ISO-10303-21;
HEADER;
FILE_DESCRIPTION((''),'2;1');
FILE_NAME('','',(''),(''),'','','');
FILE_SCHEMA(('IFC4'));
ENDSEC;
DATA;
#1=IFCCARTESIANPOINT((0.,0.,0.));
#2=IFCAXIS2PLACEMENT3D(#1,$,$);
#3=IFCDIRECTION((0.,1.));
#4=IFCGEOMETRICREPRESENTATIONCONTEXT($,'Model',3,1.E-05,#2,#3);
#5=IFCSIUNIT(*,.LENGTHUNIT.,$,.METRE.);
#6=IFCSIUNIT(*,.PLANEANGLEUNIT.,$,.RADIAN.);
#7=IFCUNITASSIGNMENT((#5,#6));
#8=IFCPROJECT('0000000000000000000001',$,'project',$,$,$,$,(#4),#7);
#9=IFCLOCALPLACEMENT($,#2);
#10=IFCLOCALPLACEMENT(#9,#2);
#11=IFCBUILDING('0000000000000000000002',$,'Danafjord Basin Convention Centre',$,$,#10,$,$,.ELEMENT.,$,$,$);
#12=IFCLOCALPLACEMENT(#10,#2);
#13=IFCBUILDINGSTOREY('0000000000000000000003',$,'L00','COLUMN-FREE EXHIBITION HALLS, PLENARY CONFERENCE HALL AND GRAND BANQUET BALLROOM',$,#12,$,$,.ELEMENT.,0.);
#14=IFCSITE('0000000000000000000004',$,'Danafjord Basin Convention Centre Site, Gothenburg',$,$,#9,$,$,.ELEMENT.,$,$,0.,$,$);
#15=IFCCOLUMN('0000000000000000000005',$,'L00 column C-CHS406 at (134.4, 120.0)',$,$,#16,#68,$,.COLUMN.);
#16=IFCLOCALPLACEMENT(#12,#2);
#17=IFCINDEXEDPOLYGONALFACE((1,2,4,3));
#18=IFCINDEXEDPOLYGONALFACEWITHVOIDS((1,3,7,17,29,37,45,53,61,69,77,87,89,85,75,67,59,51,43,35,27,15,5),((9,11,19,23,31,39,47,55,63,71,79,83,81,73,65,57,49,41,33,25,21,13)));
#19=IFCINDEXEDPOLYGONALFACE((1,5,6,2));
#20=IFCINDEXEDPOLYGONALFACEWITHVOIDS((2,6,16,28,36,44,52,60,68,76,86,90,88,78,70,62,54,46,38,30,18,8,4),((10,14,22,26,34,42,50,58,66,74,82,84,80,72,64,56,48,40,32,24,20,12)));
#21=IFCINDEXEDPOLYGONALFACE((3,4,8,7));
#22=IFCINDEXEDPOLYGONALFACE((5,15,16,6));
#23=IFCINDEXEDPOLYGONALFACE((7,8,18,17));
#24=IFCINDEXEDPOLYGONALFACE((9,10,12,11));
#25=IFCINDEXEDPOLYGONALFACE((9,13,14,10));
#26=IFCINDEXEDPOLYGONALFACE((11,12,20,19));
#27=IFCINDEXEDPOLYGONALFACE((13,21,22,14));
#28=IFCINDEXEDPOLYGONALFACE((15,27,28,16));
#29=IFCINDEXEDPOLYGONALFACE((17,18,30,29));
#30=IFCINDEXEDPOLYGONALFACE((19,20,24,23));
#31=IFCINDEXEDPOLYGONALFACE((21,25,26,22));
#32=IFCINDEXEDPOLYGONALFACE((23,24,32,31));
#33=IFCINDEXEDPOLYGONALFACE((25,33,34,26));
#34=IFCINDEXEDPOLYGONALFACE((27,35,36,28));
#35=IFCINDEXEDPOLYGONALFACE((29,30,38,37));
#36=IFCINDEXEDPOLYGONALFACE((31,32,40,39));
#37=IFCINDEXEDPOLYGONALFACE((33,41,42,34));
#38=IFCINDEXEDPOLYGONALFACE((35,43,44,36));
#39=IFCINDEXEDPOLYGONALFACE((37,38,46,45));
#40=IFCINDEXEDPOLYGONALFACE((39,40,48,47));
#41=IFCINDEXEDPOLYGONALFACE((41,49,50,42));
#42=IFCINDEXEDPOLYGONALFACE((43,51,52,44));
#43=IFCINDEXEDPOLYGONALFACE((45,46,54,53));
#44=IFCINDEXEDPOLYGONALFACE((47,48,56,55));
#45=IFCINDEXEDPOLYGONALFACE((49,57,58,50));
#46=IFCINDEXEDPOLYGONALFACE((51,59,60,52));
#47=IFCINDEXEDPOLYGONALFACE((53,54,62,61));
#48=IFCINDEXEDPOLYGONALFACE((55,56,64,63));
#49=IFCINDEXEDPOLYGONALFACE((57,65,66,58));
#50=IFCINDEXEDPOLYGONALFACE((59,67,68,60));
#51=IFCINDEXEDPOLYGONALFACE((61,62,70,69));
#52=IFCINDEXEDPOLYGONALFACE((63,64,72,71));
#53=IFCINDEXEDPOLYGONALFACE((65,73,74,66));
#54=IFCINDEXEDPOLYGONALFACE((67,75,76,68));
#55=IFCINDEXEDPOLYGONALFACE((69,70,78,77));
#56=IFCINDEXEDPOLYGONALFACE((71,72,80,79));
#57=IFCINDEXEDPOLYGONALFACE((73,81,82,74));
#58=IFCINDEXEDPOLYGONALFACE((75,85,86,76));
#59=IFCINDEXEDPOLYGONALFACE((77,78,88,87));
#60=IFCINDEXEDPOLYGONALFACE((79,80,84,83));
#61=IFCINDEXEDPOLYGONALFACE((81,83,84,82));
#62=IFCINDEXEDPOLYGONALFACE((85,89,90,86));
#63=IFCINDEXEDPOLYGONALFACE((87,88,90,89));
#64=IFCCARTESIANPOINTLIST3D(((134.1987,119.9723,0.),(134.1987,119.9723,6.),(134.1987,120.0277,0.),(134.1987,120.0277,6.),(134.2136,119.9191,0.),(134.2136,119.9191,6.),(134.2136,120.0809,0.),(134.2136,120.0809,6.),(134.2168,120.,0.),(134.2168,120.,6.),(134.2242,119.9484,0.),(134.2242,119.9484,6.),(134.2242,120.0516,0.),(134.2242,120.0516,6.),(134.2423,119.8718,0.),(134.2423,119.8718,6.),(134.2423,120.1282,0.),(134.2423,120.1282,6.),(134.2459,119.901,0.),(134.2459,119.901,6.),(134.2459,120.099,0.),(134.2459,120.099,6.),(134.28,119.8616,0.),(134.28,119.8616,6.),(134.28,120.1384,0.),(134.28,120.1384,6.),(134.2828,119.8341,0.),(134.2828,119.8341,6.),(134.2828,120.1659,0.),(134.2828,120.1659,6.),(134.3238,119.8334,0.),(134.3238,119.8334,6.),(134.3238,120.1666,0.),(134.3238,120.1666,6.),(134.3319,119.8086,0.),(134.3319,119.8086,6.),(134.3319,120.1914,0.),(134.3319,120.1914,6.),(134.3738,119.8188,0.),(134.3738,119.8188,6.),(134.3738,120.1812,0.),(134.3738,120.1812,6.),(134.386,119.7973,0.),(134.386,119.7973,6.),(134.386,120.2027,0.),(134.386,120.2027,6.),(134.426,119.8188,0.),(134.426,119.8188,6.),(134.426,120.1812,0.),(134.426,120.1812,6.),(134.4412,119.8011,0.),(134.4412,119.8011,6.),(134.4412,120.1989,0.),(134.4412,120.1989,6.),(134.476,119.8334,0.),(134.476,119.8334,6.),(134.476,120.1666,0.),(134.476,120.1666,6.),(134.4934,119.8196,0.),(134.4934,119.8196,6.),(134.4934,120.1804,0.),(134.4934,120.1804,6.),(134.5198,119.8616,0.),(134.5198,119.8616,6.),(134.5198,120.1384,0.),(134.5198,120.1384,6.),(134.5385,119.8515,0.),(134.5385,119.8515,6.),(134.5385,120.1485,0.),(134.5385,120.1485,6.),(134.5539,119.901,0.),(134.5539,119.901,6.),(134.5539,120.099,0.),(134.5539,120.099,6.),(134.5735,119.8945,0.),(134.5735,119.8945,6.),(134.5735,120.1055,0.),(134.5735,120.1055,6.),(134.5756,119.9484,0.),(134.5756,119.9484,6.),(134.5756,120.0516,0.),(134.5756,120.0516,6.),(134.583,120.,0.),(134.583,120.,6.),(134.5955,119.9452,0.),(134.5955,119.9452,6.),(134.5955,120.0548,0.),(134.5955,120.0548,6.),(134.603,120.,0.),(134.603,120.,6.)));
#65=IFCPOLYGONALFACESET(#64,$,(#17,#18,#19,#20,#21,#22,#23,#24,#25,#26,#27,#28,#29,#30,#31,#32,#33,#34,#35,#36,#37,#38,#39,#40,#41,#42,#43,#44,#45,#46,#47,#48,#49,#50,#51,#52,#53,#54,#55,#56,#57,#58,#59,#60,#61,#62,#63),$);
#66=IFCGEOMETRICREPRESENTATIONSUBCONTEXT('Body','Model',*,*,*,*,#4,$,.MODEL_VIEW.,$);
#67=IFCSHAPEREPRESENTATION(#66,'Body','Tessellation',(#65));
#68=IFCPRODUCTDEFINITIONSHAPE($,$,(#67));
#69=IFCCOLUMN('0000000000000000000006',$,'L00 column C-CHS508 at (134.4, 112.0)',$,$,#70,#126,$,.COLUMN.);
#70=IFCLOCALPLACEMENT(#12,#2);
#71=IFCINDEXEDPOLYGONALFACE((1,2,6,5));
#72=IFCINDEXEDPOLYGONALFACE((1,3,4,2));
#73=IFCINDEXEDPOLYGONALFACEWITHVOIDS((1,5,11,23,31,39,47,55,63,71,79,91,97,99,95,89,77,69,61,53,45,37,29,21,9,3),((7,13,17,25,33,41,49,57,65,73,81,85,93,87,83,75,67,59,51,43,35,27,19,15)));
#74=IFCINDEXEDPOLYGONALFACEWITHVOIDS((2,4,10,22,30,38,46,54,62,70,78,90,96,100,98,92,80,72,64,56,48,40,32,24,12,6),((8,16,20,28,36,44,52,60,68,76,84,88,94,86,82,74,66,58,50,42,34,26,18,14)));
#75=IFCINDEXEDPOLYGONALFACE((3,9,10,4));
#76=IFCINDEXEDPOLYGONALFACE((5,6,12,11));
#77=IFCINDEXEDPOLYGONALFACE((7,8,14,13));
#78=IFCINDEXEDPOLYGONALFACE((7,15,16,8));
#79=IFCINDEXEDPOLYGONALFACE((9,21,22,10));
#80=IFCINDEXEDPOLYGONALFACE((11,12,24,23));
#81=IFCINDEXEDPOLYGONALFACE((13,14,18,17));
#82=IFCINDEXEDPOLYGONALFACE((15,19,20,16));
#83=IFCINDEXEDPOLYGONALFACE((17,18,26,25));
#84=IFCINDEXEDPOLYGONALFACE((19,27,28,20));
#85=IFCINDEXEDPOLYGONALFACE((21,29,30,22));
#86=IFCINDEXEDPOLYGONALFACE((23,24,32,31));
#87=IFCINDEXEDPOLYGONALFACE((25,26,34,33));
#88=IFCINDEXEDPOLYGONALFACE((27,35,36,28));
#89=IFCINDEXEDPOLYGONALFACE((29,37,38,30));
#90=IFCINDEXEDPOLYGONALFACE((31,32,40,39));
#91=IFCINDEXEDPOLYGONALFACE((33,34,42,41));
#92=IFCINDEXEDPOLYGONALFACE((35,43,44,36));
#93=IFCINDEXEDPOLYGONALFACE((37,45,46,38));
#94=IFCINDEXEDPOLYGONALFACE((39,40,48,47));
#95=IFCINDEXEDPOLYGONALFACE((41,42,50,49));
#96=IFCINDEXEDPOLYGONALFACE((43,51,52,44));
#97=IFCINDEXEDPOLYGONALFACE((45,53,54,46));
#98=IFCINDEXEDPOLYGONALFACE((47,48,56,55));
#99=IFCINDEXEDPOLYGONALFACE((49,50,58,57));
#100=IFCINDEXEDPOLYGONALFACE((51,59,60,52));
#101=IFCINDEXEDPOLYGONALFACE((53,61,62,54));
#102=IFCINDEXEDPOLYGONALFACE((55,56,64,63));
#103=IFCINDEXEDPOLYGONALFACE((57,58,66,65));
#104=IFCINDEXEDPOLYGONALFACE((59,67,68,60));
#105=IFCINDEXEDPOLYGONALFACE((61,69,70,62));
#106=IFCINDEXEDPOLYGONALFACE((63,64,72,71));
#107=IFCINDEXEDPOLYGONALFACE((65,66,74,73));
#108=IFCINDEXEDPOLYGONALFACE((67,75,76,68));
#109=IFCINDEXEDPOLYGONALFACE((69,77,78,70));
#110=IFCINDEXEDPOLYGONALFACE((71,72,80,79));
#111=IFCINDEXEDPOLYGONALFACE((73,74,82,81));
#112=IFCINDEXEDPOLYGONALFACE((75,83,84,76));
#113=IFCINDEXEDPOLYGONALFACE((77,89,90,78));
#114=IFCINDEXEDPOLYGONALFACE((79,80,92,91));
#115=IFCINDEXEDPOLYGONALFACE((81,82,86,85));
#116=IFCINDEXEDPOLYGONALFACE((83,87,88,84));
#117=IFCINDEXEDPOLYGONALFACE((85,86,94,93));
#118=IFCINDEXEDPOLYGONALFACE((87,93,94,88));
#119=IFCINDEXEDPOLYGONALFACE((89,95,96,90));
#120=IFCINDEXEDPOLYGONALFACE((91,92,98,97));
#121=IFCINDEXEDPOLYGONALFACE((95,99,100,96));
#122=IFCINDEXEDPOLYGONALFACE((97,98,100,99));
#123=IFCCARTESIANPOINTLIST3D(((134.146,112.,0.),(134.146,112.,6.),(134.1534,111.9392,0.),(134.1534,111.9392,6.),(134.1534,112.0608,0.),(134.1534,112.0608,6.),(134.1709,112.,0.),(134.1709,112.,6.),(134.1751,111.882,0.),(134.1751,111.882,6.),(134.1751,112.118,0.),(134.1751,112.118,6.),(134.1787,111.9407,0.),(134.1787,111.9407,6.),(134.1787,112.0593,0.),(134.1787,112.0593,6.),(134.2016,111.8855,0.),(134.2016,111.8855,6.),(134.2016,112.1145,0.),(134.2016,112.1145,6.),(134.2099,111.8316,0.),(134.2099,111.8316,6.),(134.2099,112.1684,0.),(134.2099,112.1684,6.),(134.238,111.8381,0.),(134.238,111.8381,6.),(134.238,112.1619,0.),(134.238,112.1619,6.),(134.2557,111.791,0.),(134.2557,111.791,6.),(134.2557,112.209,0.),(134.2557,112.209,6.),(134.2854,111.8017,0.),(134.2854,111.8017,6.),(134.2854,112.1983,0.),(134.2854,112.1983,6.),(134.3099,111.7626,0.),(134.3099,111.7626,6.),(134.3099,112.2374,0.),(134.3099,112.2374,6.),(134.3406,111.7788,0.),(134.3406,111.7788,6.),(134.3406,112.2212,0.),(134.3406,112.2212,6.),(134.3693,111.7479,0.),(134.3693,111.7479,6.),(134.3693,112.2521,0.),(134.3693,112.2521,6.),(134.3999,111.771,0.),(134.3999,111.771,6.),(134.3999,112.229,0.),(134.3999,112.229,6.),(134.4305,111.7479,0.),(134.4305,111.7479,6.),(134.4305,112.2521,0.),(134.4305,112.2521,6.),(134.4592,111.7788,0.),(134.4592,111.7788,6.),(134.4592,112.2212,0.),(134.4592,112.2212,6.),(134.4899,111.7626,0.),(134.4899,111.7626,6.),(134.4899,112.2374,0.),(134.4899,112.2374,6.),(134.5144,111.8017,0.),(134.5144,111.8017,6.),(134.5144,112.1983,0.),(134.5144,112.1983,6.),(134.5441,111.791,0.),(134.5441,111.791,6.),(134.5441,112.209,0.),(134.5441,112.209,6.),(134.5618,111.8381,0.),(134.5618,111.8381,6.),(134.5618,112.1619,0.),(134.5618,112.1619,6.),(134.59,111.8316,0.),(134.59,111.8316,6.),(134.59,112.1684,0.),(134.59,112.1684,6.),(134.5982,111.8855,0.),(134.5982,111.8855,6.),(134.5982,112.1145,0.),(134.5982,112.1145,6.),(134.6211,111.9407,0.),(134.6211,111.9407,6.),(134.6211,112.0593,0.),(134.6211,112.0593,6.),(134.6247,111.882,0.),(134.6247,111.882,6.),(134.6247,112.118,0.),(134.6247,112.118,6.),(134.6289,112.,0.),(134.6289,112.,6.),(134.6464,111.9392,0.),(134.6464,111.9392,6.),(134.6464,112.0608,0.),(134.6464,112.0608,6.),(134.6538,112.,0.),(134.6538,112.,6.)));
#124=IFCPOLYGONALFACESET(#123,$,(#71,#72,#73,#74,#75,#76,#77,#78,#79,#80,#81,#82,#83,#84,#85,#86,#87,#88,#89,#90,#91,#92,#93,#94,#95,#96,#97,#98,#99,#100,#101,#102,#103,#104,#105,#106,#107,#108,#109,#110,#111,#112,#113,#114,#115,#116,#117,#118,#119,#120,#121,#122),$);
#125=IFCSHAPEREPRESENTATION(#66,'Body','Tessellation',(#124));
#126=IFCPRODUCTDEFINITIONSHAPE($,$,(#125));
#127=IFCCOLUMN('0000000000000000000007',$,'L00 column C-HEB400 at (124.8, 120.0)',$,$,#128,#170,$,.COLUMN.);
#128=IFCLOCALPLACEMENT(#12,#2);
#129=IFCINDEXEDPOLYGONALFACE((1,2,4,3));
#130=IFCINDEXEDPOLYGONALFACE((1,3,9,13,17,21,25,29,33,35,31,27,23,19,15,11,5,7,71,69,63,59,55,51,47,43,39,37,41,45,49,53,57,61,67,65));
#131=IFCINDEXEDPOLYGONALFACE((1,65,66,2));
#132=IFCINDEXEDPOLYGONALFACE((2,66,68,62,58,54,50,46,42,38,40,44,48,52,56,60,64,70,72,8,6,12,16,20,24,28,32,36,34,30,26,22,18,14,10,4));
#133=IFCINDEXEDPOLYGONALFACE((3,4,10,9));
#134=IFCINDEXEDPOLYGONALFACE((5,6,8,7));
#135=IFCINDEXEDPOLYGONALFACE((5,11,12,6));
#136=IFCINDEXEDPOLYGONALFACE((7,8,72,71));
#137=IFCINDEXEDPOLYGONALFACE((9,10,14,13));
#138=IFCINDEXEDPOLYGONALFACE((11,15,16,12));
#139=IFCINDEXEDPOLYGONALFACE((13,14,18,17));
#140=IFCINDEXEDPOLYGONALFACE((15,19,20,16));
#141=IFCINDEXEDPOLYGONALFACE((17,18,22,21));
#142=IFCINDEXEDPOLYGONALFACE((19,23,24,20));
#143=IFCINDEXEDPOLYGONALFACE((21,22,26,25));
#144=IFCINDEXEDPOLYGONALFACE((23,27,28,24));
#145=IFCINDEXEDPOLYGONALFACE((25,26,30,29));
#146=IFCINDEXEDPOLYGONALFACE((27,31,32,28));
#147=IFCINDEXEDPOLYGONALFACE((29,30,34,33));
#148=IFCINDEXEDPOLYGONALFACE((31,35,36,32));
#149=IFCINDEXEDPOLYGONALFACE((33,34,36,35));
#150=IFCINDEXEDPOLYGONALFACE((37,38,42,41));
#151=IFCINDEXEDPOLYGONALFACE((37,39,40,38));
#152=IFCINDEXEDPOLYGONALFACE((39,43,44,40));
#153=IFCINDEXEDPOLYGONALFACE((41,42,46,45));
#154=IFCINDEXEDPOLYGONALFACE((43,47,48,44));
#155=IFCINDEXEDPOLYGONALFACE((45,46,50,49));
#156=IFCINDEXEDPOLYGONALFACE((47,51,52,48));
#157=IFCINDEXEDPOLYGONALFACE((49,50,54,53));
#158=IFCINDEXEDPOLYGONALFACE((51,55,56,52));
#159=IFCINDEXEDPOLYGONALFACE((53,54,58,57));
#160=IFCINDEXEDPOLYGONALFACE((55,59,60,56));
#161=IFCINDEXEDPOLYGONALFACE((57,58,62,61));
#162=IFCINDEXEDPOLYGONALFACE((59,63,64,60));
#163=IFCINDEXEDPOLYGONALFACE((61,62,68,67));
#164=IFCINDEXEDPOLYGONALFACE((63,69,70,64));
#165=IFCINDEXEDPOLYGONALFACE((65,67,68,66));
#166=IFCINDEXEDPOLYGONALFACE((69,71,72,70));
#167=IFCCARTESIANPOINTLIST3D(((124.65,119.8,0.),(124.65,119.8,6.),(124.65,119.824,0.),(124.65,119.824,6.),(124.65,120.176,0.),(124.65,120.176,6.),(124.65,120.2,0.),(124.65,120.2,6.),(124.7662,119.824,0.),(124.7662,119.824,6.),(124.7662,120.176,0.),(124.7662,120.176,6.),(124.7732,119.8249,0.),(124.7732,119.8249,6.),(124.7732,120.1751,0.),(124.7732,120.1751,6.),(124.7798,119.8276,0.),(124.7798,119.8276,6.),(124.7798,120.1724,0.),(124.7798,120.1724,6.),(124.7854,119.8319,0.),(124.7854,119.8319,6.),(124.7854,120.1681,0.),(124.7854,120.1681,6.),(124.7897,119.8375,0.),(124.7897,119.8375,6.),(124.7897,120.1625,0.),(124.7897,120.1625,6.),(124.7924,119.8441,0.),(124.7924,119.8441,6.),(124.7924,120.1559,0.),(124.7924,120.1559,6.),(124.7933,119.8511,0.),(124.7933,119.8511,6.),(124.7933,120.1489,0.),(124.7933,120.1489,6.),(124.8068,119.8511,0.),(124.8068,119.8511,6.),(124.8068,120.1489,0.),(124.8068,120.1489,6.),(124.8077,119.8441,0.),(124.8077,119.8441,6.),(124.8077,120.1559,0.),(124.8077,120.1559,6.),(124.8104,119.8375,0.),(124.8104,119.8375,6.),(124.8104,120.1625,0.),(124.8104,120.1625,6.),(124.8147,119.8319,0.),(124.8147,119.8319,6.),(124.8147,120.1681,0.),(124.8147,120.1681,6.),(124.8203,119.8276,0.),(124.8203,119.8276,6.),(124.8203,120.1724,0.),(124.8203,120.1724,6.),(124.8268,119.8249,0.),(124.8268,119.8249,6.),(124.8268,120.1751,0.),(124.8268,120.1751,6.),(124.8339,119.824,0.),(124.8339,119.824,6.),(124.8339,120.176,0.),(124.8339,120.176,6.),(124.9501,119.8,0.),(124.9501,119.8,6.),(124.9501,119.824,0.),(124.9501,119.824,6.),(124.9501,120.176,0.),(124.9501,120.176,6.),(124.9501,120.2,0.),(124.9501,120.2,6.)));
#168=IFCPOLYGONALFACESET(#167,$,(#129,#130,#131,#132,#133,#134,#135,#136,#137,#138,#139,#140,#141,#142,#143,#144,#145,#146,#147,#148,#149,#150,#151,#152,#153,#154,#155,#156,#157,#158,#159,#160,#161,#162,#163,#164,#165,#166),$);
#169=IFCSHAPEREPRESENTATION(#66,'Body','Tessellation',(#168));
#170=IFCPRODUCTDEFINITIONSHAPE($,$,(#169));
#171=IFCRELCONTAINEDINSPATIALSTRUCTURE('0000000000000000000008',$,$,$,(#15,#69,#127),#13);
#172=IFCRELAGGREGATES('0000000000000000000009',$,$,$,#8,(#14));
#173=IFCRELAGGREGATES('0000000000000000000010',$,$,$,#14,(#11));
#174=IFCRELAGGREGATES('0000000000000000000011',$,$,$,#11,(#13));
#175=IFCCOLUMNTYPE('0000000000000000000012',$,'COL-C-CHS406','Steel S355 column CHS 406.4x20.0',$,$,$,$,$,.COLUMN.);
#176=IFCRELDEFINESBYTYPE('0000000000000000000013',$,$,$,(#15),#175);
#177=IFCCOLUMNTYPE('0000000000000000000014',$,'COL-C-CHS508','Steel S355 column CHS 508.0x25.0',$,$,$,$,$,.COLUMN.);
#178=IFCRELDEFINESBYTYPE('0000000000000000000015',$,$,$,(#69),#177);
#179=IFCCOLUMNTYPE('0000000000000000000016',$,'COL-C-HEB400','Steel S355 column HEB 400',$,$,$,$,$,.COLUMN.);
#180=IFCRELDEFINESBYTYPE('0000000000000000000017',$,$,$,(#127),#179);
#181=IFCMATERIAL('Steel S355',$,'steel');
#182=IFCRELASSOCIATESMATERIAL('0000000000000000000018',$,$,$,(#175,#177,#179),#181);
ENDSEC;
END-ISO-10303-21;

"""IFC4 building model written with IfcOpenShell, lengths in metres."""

from ifc_helpers import new_model, si_unit, direction, frame, origin, origin_2d, place, context, subcontext, project, spatial, hollow_circle, i_section, extrude, material, material_profile, profile_set, type_object, element, save


model = new_model("IFC4")

# Units and contexts
model_context = context("Model", 3, precision=1e-05, world=origin(), true_north=direction((0.0, 1.0)))
body_context = subcontext(model_context, "Body", "Model", "MODEL_VIEW")
ifc_project = project(units=[si_unit("LENGTHUNIT", "METRE"), si_unit("PLANEANGLEUNIT", "RADIAN")], contexts=[model_context])

# Site, building, storey
site_placement = place(None, origin())
site = spatial("IfcSite", under=ifc_project, at=site_placement, Name="Danafjord Basin Convention Centre Site, Gothenburg", CompositionType="ELEMENT", RefElevation=0.0)
building_placement = place(site_placement, origin())
building = spatial("IfcBuilding", under=site, at=building_placement, Name="Danafjord Basin Convention Centre", CompositionType="ELEMENT")
storey_placement = place(building_placement, origin())
storey = spatial("IfcBuildingStorey", under=building, at=storey_placement, Name="L00", Description="COLUMN-FREE EXHIBITION HALLS, PLENARY CONFERENCE HALL AND GRAND BANQUET BALLROOM", CompositionType="ELEMENT", Elevation=0.0)

# Columns
ifc_material_1 = material(Name="Steel S355", Category="steel")
ifc_material_profile_1 = material_profile(ifc_material_1, hollow_circle(Radius=0.2031, WallThickness=0.02, at=origin_2d()), Name="CHS 406.4x20.0")
ifc_profile_set_1 = profile_set([ifc_material_profile_1], Name="Steel S355")
column_type_1 = type_object("IfcColumnType", Name="COL-C-CHS406", Description="Steel S355 column CHS 406.4x20.0", PredefinedType="COLUMN", material=ifc_profile_set_1)
column_1_placement = place(storey_placement, frame((134.3999, 120.0, 0.0), z_axis=(0.0, 0.0, 1.0), x_axis=(1.0, 0.0, 0.0)))
element("IfcColumn", 1, at=column_1_placement, inside=storey, type_object=column_type_1, Name="L00 column C-CHS406 at (134.4, 120.0)", PredefinedType="COLUMN", context=body_context, shape_type="SweptSolid", body=[
    extrude(hollow_circle(Radius=0.2031, WallThickness=0.02, at=origin_2d()), origin(), (0.0, 0.0, 1.0), 6.0),
])
ifc_material_profile_2 = material_profile(ifc_material_1, hollow_circle(Radius=0.2539, WallThickness=0.0249, at=origin_2d()), Name="CHS 508.0x25.0")
ifc_profile_set_2 = profile_set([ifc_material_profile_2], Name="Steel S355")
column_type_2 = type_object("IfcColumnType", Name="COL-C-CHS508", Description="Steel S355 column CHS 508.0x25.0", PredefinedType="COLUMN", material=ifc_profile_set_2)
column_2_placement = place(storey_placement, frame((134.3999, 112.0, 0.0), z_axis=(0.0, 0.0, 1.0), x_axis=(1.0, 0.0, 0.0)))
element("IfcColumn", 2, at=column_2_placement, inside=storey, type_object=column_type_2, Name="L00 column C-CHS508 at (134.4, 112.0)", PredefinedType="COLUMN", context=body_context, shape_type="SweptSolid", body=[
    extrude(hollow_circle(Radius=0.2539, WallThickness=0.0249, at=origin_2d()), origin(), (0.0, 0.0, 1.0), 6.0),
])
ifc_material_profile_3 = material_profile(ifc_material_1, i_section(OverallWidth=0.3, OverallDepth=0.3999, WebThickness=0.0134, FlangeThickness=0.0239, FilletRadius=0.0271, at=origin_2d()), Name="HEB 400")
ifc_profile_set_3 = profile_set([ifc_material_profile_3], Name="Steel S355")
column_type_3 = type_object("IfcColumnType", Name="COL-C-HEB400", Description="Steel S355 column HEB 400", PredefinedType="COLUMN", material=ifc_profile_set_3)
column_3_placement = place(storey_placement, frame((124.8, 120.0, 0.0), z_axis=(0.0, 0.0, 1.0), x_axis=(1.0, 0.0, 0.0)))
element("IfcColumn", 3, at=column_3_placement, inside=storey, type_object=column_type_3, Name="L00 column C-HEB400 at (124.8, 120.0)", PredefinedType="COLUMN", context=body_context, shape_type="SweptSolid", body=[
    extrude(i_section(OverallWidth=0.3, OverallDepth=0.3999, WebThickness=0.0134, FlangeThickness=0.0239, FilletRadius=0.0271, at=origin_2d()), origin(), (0.0, 0.0, 1.0), 6.0),
])

save(model, "model.ifc")
